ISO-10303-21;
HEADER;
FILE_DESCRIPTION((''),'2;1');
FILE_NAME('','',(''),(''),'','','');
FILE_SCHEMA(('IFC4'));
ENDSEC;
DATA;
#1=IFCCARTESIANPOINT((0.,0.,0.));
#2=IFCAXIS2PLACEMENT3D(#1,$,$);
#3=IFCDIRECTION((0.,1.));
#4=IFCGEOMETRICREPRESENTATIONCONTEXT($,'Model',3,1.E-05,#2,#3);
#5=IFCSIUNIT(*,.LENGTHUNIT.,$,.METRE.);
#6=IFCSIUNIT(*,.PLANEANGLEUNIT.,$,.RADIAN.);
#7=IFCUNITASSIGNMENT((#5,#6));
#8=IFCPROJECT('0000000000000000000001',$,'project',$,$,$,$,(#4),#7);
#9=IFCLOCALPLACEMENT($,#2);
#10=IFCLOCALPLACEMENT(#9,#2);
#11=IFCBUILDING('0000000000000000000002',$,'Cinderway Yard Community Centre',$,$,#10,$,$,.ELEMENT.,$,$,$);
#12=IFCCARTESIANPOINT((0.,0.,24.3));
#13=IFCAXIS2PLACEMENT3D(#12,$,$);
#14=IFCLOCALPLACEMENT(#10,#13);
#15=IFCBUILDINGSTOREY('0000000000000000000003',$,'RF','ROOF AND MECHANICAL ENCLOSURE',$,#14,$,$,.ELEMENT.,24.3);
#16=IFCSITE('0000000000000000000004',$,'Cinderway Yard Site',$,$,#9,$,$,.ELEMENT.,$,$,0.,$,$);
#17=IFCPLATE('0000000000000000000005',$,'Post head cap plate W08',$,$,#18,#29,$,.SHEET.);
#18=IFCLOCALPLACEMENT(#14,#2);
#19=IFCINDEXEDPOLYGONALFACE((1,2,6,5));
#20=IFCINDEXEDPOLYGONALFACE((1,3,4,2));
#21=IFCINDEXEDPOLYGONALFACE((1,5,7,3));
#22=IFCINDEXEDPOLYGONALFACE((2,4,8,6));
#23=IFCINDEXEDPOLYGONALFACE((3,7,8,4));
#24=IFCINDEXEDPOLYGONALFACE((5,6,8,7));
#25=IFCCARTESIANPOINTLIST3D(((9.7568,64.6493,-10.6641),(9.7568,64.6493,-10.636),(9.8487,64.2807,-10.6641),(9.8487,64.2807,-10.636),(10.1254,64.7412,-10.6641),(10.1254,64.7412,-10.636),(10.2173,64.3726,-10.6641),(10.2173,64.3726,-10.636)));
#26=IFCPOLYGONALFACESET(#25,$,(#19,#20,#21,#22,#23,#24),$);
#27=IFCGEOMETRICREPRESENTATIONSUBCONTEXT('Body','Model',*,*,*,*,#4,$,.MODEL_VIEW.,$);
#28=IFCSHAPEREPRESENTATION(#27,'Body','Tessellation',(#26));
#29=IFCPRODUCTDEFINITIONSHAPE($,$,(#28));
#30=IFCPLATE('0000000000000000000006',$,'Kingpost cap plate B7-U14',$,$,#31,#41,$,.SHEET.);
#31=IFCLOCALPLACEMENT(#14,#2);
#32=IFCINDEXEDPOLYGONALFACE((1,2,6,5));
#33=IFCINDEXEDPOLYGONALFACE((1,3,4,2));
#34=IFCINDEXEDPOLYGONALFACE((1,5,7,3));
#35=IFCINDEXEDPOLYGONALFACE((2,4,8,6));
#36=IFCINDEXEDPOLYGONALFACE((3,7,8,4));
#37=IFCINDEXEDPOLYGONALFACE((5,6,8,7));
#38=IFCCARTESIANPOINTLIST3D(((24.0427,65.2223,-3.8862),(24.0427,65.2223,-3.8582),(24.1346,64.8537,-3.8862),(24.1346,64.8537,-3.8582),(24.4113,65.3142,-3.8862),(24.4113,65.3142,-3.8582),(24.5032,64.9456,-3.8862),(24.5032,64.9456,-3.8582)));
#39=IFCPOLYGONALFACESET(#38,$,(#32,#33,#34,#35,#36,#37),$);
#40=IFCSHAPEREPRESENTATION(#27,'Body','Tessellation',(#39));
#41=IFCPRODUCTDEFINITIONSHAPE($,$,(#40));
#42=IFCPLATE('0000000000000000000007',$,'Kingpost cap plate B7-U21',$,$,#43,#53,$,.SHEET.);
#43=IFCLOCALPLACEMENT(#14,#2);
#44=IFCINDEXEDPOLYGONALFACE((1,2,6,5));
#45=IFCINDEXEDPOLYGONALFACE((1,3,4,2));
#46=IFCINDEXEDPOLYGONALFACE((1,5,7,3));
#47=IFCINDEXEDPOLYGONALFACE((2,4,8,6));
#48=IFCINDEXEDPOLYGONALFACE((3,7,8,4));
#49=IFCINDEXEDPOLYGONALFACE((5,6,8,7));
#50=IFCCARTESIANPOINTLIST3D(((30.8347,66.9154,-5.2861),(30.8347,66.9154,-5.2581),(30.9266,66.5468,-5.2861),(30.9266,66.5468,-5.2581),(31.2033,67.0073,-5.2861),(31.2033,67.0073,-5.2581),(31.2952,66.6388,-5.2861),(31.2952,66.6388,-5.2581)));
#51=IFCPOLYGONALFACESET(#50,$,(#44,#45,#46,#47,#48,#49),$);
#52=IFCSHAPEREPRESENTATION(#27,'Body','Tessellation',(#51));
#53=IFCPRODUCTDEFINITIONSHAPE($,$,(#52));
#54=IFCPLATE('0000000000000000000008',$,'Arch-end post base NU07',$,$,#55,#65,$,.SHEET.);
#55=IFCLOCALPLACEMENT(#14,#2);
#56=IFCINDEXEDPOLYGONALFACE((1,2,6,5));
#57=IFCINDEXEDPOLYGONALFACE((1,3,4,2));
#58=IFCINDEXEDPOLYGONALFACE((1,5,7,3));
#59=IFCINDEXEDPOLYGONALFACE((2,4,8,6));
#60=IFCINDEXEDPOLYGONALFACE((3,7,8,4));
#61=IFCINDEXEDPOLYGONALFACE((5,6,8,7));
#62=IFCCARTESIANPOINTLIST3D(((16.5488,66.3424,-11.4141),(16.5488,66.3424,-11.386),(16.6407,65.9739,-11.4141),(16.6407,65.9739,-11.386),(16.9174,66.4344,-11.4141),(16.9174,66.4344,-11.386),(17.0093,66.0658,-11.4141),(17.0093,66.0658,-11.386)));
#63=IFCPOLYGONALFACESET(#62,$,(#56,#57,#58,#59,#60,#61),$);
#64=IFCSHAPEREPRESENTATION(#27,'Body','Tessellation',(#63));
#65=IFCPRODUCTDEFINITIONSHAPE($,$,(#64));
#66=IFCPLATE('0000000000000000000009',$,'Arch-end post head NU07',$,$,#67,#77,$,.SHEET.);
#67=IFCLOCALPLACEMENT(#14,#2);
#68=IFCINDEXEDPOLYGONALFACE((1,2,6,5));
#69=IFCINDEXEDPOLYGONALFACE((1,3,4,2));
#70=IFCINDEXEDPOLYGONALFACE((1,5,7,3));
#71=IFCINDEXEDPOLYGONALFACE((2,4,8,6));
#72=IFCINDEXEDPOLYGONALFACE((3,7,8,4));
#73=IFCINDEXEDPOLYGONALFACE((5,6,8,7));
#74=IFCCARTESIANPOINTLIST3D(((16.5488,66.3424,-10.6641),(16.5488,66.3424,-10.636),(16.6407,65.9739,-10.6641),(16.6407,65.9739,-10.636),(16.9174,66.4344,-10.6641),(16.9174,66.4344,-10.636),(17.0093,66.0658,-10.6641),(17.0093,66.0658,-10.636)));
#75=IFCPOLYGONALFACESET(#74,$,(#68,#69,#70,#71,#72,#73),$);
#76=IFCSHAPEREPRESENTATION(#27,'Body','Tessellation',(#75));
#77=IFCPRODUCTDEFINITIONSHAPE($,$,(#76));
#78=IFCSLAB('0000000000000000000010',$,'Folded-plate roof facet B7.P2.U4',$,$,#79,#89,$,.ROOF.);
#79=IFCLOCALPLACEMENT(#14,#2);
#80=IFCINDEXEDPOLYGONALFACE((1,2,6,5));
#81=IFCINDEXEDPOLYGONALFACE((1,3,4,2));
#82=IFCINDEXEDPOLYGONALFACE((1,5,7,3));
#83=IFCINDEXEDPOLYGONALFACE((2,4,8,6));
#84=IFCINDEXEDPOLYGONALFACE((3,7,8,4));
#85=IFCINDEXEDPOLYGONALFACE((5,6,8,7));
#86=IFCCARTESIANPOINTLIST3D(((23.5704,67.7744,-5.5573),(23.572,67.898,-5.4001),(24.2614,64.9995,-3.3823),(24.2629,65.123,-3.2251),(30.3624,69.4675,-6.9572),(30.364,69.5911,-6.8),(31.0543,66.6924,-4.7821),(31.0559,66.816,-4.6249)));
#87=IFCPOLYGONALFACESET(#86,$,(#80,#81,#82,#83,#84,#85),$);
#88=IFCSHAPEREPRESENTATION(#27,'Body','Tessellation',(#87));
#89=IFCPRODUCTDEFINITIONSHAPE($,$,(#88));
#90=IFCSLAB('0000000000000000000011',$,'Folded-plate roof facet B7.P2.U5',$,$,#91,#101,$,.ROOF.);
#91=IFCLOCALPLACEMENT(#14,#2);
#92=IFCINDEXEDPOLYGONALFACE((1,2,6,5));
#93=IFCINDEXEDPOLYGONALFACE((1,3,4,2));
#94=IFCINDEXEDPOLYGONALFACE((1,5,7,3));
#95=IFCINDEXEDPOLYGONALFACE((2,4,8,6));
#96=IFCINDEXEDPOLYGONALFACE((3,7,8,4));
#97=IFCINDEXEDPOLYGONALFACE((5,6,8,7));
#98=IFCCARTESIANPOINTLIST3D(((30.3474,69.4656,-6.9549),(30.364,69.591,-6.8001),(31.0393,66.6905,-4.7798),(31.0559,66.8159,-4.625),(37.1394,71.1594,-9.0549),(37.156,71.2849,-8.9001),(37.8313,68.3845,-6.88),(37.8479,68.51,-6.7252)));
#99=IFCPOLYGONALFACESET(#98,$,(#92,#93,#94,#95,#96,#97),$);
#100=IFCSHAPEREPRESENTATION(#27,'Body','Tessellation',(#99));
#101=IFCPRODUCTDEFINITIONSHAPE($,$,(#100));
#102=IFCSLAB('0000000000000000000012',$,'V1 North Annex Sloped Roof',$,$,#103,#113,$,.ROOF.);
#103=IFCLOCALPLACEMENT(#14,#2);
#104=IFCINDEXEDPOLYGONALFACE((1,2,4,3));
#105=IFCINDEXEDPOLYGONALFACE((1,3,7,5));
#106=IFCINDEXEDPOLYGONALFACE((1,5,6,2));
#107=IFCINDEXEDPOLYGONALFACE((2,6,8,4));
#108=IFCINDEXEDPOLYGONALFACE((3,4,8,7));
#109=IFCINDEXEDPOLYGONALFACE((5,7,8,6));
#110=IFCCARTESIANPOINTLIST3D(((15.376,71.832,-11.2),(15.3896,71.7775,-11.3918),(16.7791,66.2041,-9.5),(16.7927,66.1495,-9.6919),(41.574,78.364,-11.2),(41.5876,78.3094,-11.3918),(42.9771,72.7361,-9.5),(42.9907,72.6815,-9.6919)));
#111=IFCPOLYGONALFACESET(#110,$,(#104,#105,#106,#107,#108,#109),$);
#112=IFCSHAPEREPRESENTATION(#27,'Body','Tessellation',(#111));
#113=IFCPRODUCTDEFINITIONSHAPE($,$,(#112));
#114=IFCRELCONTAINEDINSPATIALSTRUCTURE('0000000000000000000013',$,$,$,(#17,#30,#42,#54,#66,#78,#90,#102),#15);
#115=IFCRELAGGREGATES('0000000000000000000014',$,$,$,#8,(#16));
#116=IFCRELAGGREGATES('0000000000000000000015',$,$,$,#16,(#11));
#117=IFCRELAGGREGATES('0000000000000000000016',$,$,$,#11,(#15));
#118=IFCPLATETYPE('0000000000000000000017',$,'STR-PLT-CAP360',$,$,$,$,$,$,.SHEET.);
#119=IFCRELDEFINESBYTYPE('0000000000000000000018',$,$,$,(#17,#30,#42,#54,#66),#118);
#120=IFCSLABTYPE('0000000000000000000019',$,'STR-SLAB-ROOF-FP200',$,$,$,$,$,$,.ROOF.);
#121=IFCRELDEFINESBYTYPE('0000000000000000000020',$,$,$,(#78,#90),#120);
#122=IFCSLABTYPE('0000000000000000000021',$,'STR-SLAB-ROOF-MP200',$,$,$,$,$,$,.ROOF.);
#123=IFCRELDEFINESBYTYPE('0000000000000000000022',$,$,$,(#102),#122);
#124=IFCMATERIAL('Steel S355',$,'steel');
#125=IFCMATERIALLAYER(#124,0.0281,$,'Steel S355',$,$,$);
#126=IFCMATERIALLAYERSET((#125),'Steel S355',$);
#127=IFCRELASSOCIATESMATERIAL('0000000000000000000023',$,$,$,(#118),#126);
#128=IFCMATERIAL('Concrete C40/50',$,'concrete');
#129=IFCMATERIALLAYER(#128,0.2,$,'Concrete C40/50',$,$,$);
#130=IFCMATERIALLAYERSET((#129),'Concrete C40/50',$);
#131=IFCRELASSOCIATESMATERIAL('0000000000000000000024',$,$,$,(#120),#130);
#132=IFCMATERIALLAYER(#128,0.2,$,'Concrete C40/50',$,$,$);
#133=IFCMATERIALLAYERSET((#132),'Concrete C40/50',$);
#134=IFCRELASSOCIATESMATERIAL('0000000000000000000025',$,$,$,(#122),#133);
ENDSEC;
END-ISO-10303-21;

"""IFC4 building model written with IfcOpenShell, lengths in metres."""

from ifc_helpers import new_model, si_unit, direction, frame, origin, origin_2d, place, context, subcontext, project, spatial, polyline, rectangle, outline, extrude, material, layer, layer_set, type_object, element, save


model = new_model("IFC4")

# Units and contexts
model_context = context("Model", 3, precision=1e-05, world=origin(), true_north=direction((0.0, 1.0)))
body_context = subcontext(model_context, "Body", "Model", "MODEL_VIEW")
ifc_project = project(units=[si_unit("LENGTHUNIT", "METRE"), si_unit("PLANEANGLEUNIT", "RADIAN")], contexts=[model_context])

# Site, building, storey
site_placement = place(None, origin())
site = spatial("IfcSite", under=ifc_project, at=site_placement, Name="Cinderway Yard Site", CompositionType="ELEMENT", RefElevation=0.0)
building_placement = place(site_placement, origin())
building = spatial("IfcBuilding", under=site, at=building_placement, Name="Cinderway Yard Community Centre", CompositionType="ELEMENT")
storey_placement = place(building_placement, frame((0.0, 0.0, 24.3)))
storey = spatial("IfcBuildingStorey", under=building, at=storey_placement, Name="RF", Description="ROOF AND MECHANICAL ENCLOSURE", CompositionType="ELEMENT", Elevation=24.3)

# Shared definitions
ifc_material_1 = material(Name="Steel S355", Category="steel")

# Shared definitions
ifc_material_2 = material(Name="Concrete C40/50", Category="concrete")

# Plates
ifc_layer_1 = layer(ifc_material_1, 0.0281, Name="Steel S355")
ifc_layer_set_1 = layer_set([ifc_layer_1], Name="Steel S355")
plate_type_1 = type_object("IfcPlateType", Name="STR-PLT-CAP360", PredefinedType="SHEET", material=ifc_layer_set_1)
for number, where, z_axis, x_axis, name in (
    (1, (9.9871, 64.511, -10.6641), (0.0, 0.0, 1.0), (0.970296, 0.241922, 0.0), "Post head cap plate W08"),
    (2, (24.2729, 65.084, -3.8862), (0.0, 0.0, 1.0), (0.970296, 0.241922, 0.0), "Kingpost cap plate B7-U14"),
    (3, (31.0649, 66.7771, -5.2861), (0.0, 0.0, 1.0), (0.970296, 0.241922, 0.0), "Kingpost cap plate B7-U21"),
    (4, (16.7791, 66.2041, -11.4141), (0.0, 0.0, 1.0), (0.970296, 0.241922, 0.0), "Arch-end post base NU07"),
    (5, (16.7791, 66.2041, -10.6641), (0.0, 0.0, 1.0), (0.970296, 0.241922, 0.0), "Arch-end post head NU07"),
):
    element("IfcPlate", number, at=place(storey_placement, frame(where, z_axis=z_axis, x_axis=x_axis)), inside=storey, type_object=plate_type_1, Name=name, PredefinedType="SHEET", context=body_context, shape_type="SweptSolid", body=[
        extrude(rectangle(XDim=0.3799, YDim=0.3799, at=origin_2d()), origin(), (0.0, 0.0, 1.0), 0.0281),
    ])

# Slabs
ifc_layer_2 = layer(ifc_material_2, 0.2, Name="Concrete C40/50")
ifc_layer_set_2 = layer_set([ifc_layer_2], Name="Concrete C40/50")
slab_type_1 = type_object("IfcSlabType", Name="STR-SLAB-ROOF-FP200", PredefinedType="ROOF", material=ifc_layer_set_2)
slab_1_placement = place(storey_placement, frame((24.2629, 65.123, -3.2251), z_axis=(0.007948, 0.618093, 0.786065), x_axis=(0.951486, 0.237125, -0.196075)))
element("IfcSlab", 6, at=slab_1_placement, inside=storey, type_object=slab_type_1, Name="Folded-plate roof facet B7.P2.U4", PredefinedType="ROOF", context=body_context, shape_type="SweptSolid", body=[
    extrude(outline(polyline([(0.0, 0.0), (7.1393, 0.0), (7.5655, 3.5678), (0.4271, 3.5673), (0.0, 0.0)])), origin(), (0.0, 0.0, -1.0), 0.2),
])
slab_2_placement = place(storey_placement, frame((31.0559, 66.8159, -4.625), z_axis=(0.082887, 0.627484, 0.774205), x_axis=(0.92935, 0.231797, -0.287365)))
element("IfcSlab", 7, at=slab_2_placement, inside=storey, type_object=slab_type_1, Name="Folded-plate roof facet B7.P2.U5", PredefinedType="ROOF", context=body_context, shape_type="SweptSolid", body=[
    extrude(outline(polyline([(0.0, 0.0), (7.3083, 0.0), (7.9336, 3.5382), (0.6253, 3.5384), (0.0, 0.0)])), origin(), (0.0, 0.0, -1.0), 0.2),
])
ifc_layer_3 = layer(ifc_material_2, 0.2, Name="Concrete C40/50")
ifc_layer_set_3 = layer_set([ifc_layer_3], Name="Concrete C40/50")
slab_type_2 = type_object("IfcSlabType", Name="STR-SLAB-ROOF-MP200", PredefinedType="ROOF", material=ifc_layer_set_3)
slab_3_placement = place(storey_placement, frame((16.7791, 66.2041, -9.5), z_axis=(-0.068042, 0.2729, 0.959633), x_axis=(0.970295, 0.241925, 0.0)))
element("IfcSlab", 8, at=slab_3_placement, inside=storey, type_object=slab_type_2, Name="V1 North Annex Sloped Roof", PredefinedType="ROOF", context=body_context, shape_type="SweptSolid", body=[
    extrude(outline(polyline([(0.0, 0.0), (27.0, 0.0), (27.0002, 6.0442), (0.0001, 6.0442), (0.0, 0.0)])), origin(), (0.0, 0.0, -1.0), 0.2),
])

save(model, "model.ifc")
